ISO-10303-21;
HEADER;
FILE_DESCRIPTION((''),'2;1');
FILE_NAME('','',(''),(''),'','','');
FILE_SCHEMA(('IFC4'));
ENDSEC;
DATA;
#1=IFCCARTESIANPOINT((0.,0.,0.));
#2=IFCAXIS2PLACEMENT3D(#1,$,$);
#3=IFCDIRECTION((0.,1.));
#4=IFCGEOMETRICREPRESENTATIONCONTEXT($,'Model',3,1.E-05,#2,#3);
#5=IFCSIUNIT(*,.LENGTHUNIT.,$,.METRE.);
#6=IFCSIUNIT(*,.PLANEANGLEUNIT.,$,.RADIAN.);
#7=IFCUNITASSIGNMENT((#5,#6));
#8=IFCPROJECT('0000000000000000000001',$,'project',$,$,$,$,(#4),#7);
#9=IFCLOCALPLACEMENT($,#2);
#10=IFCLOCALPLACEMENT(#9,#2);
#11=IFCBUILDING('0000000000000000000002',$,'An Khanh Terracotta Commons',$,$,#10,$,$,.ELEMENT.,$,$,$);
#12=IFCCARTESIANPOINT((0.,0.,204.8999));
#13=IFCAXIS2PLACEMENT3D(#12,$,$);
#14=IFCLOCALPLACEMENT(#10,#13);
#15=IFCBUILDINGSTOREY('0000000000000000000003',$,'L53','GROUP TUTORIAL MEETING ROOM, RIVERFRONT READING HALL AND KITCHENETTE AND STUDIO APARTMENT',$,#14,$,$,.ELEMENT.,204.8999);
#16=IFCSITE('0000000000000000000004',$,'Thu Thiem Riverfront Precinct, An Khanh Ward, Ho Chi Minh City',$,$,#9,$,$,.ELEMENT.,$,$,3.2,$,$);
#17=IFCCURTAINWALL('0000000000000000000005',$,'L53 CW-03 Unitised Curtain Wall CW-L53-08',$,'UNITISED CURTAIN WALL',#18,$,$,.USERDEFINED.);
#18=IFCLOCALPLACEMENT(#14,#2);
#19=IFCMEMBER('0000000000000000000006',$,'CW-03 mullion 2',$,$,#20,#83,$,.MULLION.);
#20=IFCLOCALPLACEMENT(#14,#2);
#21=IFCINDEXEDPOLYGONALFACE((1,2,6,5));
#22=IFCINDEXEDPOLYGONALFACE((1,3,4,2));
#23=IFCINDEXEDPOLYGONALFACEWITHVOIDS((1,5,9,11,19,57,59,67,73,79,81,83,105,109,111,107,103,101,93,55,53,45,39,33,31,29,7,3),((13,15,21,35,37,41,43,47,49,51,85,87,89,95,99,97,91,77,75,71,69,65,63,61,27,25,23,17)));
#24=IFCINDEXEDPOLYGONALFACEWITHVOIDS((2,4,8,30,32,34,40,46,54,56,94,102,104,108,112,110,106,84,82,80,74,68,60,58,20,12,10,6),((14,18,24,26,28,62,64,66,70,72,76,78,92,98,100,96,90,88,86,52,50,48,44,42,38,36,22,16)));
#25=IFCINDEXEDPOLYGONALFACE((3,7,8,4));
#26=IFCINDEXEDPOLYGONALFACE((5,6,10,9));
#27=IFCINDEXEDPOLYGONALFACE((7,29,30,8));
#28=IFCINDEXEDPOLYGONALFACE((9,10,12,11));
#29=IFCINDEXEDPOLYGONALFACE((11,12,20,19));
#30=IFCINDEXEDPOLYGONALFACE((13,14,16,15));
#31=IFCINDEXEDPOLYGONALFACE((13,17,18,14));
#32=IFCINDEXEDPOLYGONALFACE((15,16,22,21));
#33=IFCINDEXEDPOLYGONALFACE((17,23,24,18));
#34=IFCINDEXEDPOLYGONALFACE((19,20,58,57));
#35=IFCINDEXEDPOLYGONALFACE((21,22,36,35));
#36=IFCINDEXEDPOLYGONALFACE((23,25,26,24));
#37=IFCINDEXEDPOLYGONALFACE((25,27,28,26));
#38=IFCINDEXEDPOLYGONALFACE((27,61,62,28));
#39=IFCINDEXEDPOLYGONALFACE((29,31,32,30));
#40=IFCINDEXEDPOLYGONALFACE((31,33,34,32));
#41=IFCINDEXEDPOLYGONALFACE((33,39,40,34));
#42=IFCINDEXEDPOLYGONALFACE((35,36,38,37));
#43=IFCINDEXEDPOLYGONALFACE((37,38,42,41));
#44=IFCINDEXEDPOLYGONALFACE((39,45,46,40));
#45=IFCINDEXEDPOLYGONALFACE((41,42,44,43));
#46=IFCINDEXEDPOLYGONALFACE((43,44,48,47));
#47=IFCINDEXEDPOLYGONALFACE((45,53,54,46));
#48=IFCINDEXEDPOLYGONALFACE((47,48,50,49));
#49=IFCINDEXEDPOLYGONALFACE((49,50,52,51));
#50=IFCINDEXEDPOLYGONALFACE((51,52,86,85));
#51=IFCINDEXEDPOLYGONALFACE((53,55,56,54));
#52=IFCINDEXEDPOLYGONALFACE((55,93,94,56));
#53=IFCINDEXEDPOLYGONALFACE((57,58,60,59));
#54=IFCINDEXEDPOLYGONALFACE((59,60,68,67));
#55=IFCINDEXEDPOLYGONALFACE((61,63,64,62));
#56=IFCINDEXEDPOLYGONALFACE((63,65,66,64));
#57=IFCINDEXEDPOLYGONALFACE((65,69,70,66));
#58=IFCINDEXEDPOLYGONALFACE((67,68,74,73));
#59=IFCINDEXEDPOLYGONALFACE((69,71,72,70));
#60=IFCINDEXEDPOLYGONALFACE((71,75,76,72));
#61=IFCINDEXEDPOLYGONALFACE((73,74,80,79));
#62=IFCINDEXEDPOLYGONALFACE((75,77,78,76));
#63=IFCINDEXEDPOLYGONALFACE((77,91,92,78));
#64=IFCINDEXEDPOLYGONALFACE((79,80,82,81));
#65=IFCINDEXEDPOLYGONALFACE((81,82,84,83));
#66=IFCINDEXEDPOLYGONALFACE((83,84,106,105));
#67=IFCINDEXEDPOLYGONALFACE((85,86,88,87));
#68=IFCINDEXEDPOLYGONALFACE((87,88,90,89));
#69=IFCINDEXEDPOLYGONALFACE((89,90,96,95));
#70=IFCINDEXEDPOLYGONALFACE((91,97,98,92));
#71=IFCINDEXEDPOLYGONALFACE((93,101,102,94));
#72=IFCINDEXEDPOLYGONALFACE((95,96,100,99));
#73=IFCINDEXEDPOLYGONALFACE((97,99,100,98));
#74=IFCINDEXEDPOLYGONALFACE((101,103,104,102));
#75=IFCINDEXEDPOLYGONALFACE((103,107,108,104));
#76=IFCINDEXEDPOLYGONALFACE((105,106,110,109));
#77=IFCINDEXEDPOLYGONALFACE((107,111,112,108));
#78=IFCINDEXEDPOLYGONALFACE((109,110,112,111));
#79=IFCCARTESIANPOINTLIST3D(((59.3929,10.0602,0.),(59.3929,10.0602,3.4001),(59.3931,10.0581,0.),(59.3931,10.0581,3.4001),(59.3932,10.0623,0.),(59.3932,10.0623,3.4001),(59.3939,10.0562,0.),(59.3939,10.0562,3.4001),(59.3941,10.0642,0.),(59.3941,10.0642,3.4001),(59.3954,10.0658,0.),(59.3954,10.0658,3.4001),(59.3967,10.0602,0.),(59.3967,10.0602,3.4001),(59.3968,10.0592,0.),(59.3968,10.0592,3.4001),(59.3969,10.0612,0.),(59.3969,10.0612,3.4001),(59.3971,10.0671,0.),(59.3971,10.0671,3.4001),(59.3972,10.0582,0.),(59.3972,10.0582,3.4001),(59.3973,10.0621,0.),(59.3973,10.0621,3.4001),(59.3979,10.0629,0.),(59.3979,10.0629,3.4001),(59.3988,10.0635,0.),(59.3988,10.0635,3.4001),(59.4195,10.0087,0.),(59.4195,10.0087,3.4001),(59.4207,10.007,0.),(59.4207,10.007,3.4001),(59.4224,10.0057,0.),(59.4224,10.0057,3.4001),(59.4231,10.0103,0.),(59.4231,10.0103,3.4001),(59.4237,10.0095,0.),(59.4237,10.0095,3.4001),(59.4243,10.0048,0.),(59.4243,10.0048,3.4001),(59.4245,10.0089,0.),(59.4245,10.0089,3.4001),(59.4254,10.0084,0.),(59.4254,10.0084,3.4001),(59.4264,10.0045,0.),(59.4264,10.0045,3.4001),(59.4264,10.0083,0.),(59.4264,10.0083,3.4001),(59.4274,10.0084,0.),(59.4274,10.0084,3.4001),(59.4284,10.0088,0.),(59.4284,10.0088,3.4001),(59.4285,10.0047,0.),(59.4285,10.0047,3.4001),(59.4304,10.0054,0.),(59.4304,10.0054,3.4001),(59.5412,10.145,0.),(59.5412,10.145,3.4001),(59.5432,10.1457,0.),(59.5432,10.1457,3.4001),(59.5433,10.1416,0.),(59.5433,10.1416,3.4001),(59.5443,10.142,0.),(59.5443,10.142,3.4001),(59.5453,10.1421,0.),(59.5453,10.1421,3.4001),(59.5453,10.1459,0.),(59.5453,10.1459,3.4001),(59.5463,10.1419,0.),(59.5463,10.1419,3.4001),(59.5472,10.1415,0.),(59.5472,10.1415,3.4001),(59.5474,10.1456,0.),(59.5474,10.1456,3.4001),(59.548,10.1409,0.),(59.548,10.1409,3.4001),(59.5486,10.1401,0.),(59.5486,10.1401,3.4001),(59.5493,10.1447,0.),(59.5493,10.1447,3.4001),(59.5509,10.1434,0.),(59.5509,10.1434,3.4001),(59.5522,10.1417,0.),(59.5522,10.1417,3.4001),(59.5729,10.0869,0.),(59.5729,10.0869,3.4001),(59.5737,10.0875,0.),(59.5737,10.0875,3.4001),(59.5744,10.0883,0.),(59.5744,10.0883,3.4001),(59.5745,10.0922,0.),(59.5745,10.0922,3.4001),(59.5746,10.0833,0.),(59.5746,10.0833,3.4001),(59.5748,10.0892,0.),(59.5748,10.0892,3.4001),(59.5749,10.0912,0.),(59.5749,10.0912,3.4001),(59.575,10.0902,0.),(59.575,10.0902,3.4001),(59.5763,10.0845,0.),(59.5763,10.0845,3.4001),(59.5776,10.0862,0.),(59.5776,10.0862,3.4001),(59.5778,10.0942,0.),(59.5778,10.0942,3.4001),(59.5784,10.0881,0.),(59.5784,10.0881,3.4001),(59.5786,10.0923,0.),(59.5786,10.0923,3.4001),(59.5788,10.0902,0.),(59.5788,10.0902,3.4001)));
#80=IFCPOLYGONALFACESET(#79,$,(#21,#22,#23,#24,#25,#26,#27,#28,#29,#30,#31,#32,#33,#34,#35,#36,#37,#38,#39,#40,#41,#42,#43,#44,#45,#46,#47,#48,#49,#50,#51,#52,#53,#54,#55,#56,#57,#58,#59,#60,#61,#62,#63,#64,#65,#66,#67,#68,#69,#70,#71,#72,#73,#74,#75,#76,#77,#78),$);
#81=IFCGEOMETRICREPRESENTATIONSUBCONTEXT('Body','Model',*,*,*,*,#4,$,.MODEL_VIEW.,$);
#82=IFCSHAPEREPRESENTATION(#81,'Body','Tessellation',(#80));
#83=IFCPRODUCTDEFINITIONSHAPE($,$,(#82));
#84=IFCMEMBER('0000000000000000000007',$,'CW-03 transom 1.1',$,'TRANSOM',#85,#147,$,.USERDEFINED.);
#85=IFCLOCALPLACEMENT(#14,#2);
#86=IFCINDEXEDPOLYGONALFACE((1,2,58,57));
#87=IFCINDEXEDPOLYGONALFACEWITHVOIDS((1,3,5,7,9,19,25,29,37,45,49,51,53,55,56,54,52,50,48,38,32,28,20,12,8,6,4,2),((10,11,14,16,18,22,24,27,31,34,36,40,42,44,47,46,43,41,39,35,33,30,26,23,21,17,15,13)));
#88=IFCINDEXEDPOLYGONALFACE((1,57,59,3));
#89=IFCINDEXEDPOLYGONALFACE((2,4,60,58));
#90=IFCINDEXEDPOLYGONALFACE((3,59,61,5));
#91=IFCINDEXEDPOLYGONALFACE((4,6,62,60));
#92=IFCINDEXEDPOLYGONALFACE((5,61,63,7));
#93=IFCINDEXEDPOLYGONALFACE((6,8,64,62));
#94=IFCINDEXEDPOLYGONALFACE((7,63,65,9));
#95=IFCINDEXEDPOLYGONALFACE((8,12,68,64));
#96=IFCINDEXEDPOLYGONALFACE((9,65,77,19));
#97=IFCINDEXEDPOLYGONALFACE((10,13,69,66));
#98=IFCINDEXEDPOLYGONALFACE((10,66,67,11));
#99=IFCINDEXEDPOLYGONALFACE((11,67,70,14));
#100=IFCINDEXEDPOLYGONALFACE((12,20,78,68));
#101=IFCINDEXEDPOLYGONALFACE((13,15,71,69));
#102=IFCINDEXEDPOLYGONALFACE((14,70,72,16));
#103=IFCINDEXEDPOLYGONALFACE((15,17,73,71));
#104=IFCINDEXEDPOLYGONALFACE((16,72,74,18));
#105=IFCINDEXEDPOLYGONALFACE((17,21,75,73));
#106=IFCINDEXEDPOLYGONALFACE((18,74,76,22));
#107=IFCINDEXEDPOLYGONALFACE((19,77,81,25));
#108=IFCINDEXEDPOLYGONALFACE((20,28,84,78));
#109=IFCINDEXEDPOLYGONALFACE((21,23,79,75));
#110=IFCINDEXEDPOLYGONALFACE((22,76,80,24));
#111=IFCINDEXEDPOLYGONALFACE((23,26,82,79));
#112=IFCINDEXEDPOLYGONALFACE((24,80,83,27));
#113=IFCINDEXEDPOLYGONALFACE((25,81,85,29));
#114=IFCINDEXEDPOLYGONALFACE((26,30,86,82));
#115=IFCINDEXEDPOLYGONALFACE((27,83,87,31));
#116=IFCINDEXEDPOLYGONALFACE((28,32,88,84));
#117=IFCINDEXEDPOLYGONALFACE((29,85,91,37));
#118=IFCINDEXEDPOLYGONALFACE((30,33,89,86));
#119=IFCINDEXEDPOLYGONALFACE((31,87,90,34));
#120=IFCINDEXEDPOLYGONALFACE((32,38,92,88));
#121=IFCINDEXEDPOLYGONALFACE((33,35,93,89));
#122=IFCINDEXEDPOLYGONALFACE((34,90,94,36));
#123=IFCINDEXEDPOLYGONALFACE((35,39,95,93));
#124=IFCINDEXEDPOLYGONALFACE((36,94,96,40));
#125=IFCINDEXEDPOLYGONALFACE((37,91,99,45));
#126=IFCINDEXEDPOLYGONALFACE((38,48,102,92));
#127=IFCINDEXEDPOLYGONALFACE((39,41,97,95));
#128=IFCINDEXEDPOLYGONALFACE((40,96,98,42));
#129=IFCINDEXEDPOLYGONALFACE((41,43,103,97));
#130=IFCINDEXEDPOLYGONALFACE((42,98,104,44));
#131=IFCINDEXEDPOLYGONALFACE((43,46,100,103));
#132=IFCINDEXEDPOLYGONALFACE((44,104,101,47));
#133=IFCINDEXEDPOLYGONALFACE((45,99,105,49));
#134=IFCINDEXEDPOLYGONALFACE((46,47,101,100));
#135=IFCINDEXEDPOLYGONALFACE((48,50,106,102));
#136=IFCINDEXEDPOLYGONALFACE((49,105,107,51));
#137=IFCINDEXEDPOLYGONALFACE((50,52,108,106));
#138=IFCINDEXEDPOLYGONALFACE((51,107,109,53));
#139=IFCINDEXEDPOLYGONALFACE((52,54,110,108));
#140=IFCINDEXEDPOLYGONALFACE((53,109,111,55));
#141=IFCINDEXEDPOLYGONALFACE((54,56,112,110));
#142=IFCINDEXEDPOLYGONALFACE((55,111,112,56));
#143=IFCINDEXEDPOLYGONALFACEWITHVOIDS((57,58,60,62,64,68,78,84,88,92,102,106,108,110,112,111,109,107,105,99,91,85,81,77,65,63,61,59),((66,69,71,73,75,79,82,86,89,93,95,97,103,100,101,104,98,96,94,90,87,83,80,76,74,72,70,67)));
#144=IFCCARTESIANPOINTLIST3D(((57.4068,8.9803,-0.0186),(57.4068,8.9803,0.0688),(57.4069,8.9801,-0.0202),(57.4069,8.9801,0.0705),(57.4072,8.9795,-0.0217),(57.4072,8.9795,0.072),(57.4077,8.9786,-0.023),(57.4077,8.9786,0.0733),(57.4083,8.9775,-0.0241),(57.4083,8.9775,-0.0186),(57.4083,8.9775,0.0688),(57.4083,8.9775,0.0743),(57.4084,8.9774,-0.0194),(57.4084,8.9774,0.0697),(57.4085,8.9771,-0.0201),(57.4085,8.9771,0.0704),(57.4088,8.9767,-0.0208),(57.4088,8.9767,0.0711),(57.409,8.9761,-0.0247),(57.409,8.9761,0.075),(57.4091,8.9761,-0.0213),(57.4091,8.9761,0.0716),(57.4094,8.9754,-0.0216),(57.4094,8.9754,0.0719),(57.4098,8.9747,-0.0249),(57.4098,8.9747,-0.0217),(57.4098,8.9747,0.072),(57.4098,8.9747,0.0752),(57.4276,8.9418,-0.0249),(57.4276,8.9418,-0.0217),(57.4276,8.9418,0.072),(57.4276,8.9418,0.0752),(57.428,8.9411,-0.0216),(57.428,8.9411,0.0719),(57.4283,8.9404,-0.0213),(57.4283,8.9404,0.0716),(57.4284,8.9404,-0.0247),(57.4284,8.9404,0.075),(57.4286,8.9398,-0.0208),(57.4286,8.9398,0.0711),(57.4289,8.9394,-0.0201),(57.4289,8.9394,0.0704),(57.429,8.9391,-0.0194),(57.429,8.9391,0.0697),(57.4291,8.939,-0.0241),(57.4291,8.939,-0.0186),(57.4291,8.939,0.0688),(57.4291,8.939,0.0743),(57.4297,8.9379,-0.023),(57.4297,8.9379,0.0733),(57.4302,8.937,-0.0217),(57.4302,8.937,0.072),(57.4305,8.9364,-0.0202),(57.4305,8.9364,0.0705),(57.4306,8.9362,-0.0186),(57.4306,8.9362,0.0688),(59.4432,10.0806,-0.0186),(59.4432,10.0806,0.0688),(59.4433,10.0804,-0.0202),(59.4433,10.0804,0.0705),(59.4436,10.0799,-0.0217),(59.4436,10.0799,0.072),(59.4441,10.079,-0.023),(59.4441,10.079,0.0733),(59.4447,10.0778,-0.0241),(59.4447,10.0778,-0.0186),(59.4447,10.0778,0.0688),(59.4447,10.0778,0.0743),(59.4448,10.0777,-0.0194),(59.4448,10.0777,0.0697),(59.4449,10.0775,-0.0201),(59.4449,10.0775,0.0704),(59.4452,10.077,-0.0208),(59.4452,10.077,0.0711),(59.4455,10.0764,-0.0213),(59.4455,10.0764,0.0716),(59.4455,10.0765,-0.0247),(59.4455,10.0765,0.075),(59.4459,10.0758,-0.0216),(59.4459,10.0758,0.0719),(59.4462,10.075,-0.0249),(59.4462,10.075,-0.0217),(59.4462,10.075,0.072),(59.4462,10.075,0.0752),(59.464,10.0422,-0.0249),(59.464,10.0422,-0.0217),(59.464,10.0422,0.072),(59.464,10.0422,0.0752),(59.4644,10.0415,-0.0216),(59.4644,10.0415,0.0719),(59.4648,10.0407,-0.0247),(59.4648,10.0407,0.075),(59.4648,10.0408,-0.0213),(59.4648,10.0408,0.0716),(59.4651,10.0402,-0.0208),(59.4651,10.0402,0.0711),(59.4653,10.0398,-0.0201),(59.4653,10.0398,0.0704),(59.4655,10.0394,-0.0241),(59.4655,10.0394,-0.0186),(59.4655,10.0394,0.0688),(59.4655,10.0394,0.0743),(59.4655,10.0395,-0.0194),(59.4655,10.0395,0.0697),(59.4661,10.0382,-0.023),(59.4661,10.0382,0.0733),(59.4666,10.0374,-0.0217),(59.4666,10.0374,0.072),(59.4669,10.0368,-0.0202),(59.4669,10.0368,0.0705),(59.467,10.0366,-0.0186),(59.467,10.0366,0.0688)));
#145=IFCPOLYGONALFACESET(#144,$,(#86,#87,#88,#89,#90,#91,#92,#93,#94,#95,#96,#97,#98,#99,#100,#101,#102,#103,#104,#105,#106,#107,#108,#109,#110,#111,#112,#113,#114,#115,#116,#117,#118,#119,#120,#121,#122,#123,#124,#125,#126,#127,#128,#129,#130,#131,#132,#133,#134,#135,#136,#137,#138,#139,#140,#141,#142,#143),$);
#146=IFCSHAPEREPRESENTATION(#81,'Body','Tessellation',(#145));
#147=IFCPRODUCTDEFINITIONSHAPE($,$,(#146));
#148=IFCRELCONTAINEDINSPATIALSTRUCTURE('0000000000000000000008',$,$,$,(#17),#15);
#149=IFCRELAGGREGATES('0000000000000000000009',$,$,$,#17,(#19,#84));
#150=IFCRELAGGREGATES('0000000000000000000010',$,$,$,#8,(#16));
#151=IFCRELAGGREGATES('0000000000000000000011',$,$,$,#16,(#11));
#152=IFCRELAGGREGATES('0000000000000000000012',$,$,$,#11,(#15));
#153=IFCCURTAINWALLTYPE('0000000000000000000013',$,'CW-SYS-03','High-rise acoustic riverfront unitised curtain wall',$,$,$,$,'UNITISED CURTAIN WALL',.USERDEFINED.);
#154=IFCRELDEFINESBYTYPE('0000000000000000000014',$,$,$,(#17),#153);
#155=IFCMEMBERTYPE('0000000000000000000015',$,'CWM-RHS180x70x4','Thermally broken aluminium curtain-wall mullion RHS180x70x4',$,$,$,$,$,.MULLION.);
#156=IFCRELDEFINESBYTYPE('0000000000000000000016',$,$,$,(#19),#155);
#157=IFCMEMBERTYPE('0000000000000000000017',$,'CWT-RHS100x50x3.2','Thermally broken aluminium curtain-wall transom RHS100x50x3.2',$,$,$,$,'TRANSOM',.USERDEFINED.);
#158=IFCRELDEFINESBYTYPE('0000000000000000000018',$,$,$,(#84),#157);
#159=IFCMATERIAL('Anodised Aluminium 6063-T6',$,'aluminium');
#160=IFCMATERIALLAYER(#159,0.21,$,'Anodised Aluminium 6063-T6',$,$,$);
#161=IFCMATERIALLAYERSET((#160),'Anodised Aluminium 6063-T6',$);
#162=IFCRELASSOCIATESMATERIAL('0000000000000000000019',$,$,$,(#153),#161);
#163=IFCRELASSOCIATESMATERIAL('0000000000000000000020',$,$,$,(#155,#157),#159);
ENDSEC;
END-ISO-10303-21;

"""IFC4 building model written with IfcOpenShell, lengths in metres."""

from ifc_helpers import new_model, si_unit, direction, frame, origin, origin_2d, place, context, subcontext, project, spatial, hollow_rectangle, extrude, material, layer, layer_set, material_profile, profile_set, type_object, element, aggregate, save


model = new_model("IFC4")

# Units and contexts
model_context = context("Model", 3, precision=1e-05, world=origin(), true_north=direction((0.0, 1.0)))
body_context = subcontext(model_context, "Body", "Model", "MODEL_VIEW")
ifc_project = project(units=[si_unit("LENGTHUNIT", "METRE"), si_unit("PLANEANGLEUNIT", "RADIAN")], contexts=[model_context])

# Site, building, storey
site_placement = place(None, origin())
site = spatial("IfcSite", under=ifc_project, at=site_placement, Name="Thu Thiem Riverfront Precinct, An Khanh Ward, Ho Chi Minh City", CompositionType="ELEMENT", RefElevation=3.2)
building_placement = place(site_placement, origin())
building = spatial("IfcBuilding", under=site, at=building_placement, Name="An Khanh Terracotta Commons", CompositionType="ELEMENT")
storey_placement = place(building_placement, frame((0.0, 0.0, 204.8999)))
storey = spatial("IfcBuildingStorey", under=building, at=storey_placement, Name="L53", Description="GROUP TUTORIAL MEETING ROOM, RIVERFRONT READING HALL AND KITCHENETTE AND STUDIO APARTMENT", CompositionType="ELEMENT", Elevation=204.8999)

# Curtain wall, members
ifc_material_1 = material(Name="Anodised Aluminium 6063-T6", Category="aluminium")
ifc_layer_1 = layer(ifc_material_1, 0.21, Name="Anodised Aluminium 6063-T6")
ifc_layer_set_1 = layer_set([ifc_layer_1], Name="Anodised Aluminium 6063-T6")
curtain_wall_type = type_object("IfcCurtainWallType", Name="CW-SYS-03", Description="High-rise acoustic riverfront unitised curtain wall", ElementType="UNITISED CURTAIN WALL", PredefinedType="USERDEFINED", material=ifc_layer_set_1)
curtain_wall_placement = place(storey_placement, origin())
curtain_wall = element("IfcCurtainWall", 1, at=curtain_wall_placement, inside=storey, type_object=curtain_wall_type, Name="L53 CW-03 Unitised Curtain Wall CW-L53-08", ObjectType="UNITISED CURTAIN WALL", PredefinedType="USERDEFINED")
ifc_material_profile_1 = material_profile(ifc_material_1, hollow_rectangle(XDim=0.0701, YDim=0.1799, WallThickness=0.0039, InnerFilletRadius=0.0039, OuterFilletRadius=0.0081, at=origin_2d()), Name="RHS180x70x4")
ifc_profile_set_1 = profile_set([ifc_material_profile_1], Name="Anodised Aluminium 6063-T6")
member_type_1 = type_object("IfcMemberType", Name="CWM-RHS180x70x4", Description="Thermally broken aluminium curtain-wall mullion RHS180x70x4", PredefinedType="MULLION", material=ifc_profile_set_1)
member_1_placement = place(storey_placement, frame((59.4858, 10.0752, 0.0), z_axis=(0.0, 0.0, 1.0), x_axis=(-0.475381, 0.87978, 0.0)))
member_1 = element("IfcMember", 2, at=member_1_placement, type_object=member_type_1, Name="CW-03 mullion 2", PredefinedType="MULLION", context=body_context, shape_type="SweptSolid", body=[
    extrude(hollow_rectangle(XDim=0.0701, YDim=0.1799, WallThickness=0.0039, InnerFilletRadius=0.0039, OuterFilletRadius=0.0081, at=origin_2d()), origin(), (0.0, 0.0, 1.0), 3.4001),
])
ifc_material_profile_2 = material_profile(ifc_material_1, hollow_rectangle(XDim=0.05, YDim=0.1001, WallThickness=0.0032, InnerFilletRadius=0.0032, OuterFilletRadius=0.0063, at=origin_2d()), Name="RHS100x50x3.2")
ifc_profile_set_2 = profile_set([ifc_material_profile_2], Name="Anodised Aluminium 6063-T6")
member_type_2 = type_object("IfcMemberType", Name="CWT-RHS100x50x3.2", Description="Thermally broken aluminium curtain-wall transom RHS100x50x3.2", ElementType="TRANSOM", PredefinedType="USERDEFINED", material=ifc_profile_set_2)
member_2_placement = place(storey_placement, frame((57.4187, 8.9583, 0.0251), z_axis=(0.879779, 0.475382, 0.0), x_axis=(-0.475382, 0.879779, 0.0)))
member_2 = element("IfcMember", 3, at=member_2_placement, type_object=member_type_2, Name="CW-03 transom 1.1", ObjectType="TRANSOM", PredefinedType="USERDEFINED", context=body_context, shape_type="SweptSolid", body=[
    extrude(hollow_rectangle(XDim=0.05, YDim=0.1001, WallThickness=0.0032, InnerFilletRadius=0.0032, OuterFilletRadius=0.0063, at=origin_2d()), origin(), (0.0, 0.0, 1.0), 2.3147),
])
aggregate(curtain_wall, [member_1, member_2])

save(model, "model.ifc")
